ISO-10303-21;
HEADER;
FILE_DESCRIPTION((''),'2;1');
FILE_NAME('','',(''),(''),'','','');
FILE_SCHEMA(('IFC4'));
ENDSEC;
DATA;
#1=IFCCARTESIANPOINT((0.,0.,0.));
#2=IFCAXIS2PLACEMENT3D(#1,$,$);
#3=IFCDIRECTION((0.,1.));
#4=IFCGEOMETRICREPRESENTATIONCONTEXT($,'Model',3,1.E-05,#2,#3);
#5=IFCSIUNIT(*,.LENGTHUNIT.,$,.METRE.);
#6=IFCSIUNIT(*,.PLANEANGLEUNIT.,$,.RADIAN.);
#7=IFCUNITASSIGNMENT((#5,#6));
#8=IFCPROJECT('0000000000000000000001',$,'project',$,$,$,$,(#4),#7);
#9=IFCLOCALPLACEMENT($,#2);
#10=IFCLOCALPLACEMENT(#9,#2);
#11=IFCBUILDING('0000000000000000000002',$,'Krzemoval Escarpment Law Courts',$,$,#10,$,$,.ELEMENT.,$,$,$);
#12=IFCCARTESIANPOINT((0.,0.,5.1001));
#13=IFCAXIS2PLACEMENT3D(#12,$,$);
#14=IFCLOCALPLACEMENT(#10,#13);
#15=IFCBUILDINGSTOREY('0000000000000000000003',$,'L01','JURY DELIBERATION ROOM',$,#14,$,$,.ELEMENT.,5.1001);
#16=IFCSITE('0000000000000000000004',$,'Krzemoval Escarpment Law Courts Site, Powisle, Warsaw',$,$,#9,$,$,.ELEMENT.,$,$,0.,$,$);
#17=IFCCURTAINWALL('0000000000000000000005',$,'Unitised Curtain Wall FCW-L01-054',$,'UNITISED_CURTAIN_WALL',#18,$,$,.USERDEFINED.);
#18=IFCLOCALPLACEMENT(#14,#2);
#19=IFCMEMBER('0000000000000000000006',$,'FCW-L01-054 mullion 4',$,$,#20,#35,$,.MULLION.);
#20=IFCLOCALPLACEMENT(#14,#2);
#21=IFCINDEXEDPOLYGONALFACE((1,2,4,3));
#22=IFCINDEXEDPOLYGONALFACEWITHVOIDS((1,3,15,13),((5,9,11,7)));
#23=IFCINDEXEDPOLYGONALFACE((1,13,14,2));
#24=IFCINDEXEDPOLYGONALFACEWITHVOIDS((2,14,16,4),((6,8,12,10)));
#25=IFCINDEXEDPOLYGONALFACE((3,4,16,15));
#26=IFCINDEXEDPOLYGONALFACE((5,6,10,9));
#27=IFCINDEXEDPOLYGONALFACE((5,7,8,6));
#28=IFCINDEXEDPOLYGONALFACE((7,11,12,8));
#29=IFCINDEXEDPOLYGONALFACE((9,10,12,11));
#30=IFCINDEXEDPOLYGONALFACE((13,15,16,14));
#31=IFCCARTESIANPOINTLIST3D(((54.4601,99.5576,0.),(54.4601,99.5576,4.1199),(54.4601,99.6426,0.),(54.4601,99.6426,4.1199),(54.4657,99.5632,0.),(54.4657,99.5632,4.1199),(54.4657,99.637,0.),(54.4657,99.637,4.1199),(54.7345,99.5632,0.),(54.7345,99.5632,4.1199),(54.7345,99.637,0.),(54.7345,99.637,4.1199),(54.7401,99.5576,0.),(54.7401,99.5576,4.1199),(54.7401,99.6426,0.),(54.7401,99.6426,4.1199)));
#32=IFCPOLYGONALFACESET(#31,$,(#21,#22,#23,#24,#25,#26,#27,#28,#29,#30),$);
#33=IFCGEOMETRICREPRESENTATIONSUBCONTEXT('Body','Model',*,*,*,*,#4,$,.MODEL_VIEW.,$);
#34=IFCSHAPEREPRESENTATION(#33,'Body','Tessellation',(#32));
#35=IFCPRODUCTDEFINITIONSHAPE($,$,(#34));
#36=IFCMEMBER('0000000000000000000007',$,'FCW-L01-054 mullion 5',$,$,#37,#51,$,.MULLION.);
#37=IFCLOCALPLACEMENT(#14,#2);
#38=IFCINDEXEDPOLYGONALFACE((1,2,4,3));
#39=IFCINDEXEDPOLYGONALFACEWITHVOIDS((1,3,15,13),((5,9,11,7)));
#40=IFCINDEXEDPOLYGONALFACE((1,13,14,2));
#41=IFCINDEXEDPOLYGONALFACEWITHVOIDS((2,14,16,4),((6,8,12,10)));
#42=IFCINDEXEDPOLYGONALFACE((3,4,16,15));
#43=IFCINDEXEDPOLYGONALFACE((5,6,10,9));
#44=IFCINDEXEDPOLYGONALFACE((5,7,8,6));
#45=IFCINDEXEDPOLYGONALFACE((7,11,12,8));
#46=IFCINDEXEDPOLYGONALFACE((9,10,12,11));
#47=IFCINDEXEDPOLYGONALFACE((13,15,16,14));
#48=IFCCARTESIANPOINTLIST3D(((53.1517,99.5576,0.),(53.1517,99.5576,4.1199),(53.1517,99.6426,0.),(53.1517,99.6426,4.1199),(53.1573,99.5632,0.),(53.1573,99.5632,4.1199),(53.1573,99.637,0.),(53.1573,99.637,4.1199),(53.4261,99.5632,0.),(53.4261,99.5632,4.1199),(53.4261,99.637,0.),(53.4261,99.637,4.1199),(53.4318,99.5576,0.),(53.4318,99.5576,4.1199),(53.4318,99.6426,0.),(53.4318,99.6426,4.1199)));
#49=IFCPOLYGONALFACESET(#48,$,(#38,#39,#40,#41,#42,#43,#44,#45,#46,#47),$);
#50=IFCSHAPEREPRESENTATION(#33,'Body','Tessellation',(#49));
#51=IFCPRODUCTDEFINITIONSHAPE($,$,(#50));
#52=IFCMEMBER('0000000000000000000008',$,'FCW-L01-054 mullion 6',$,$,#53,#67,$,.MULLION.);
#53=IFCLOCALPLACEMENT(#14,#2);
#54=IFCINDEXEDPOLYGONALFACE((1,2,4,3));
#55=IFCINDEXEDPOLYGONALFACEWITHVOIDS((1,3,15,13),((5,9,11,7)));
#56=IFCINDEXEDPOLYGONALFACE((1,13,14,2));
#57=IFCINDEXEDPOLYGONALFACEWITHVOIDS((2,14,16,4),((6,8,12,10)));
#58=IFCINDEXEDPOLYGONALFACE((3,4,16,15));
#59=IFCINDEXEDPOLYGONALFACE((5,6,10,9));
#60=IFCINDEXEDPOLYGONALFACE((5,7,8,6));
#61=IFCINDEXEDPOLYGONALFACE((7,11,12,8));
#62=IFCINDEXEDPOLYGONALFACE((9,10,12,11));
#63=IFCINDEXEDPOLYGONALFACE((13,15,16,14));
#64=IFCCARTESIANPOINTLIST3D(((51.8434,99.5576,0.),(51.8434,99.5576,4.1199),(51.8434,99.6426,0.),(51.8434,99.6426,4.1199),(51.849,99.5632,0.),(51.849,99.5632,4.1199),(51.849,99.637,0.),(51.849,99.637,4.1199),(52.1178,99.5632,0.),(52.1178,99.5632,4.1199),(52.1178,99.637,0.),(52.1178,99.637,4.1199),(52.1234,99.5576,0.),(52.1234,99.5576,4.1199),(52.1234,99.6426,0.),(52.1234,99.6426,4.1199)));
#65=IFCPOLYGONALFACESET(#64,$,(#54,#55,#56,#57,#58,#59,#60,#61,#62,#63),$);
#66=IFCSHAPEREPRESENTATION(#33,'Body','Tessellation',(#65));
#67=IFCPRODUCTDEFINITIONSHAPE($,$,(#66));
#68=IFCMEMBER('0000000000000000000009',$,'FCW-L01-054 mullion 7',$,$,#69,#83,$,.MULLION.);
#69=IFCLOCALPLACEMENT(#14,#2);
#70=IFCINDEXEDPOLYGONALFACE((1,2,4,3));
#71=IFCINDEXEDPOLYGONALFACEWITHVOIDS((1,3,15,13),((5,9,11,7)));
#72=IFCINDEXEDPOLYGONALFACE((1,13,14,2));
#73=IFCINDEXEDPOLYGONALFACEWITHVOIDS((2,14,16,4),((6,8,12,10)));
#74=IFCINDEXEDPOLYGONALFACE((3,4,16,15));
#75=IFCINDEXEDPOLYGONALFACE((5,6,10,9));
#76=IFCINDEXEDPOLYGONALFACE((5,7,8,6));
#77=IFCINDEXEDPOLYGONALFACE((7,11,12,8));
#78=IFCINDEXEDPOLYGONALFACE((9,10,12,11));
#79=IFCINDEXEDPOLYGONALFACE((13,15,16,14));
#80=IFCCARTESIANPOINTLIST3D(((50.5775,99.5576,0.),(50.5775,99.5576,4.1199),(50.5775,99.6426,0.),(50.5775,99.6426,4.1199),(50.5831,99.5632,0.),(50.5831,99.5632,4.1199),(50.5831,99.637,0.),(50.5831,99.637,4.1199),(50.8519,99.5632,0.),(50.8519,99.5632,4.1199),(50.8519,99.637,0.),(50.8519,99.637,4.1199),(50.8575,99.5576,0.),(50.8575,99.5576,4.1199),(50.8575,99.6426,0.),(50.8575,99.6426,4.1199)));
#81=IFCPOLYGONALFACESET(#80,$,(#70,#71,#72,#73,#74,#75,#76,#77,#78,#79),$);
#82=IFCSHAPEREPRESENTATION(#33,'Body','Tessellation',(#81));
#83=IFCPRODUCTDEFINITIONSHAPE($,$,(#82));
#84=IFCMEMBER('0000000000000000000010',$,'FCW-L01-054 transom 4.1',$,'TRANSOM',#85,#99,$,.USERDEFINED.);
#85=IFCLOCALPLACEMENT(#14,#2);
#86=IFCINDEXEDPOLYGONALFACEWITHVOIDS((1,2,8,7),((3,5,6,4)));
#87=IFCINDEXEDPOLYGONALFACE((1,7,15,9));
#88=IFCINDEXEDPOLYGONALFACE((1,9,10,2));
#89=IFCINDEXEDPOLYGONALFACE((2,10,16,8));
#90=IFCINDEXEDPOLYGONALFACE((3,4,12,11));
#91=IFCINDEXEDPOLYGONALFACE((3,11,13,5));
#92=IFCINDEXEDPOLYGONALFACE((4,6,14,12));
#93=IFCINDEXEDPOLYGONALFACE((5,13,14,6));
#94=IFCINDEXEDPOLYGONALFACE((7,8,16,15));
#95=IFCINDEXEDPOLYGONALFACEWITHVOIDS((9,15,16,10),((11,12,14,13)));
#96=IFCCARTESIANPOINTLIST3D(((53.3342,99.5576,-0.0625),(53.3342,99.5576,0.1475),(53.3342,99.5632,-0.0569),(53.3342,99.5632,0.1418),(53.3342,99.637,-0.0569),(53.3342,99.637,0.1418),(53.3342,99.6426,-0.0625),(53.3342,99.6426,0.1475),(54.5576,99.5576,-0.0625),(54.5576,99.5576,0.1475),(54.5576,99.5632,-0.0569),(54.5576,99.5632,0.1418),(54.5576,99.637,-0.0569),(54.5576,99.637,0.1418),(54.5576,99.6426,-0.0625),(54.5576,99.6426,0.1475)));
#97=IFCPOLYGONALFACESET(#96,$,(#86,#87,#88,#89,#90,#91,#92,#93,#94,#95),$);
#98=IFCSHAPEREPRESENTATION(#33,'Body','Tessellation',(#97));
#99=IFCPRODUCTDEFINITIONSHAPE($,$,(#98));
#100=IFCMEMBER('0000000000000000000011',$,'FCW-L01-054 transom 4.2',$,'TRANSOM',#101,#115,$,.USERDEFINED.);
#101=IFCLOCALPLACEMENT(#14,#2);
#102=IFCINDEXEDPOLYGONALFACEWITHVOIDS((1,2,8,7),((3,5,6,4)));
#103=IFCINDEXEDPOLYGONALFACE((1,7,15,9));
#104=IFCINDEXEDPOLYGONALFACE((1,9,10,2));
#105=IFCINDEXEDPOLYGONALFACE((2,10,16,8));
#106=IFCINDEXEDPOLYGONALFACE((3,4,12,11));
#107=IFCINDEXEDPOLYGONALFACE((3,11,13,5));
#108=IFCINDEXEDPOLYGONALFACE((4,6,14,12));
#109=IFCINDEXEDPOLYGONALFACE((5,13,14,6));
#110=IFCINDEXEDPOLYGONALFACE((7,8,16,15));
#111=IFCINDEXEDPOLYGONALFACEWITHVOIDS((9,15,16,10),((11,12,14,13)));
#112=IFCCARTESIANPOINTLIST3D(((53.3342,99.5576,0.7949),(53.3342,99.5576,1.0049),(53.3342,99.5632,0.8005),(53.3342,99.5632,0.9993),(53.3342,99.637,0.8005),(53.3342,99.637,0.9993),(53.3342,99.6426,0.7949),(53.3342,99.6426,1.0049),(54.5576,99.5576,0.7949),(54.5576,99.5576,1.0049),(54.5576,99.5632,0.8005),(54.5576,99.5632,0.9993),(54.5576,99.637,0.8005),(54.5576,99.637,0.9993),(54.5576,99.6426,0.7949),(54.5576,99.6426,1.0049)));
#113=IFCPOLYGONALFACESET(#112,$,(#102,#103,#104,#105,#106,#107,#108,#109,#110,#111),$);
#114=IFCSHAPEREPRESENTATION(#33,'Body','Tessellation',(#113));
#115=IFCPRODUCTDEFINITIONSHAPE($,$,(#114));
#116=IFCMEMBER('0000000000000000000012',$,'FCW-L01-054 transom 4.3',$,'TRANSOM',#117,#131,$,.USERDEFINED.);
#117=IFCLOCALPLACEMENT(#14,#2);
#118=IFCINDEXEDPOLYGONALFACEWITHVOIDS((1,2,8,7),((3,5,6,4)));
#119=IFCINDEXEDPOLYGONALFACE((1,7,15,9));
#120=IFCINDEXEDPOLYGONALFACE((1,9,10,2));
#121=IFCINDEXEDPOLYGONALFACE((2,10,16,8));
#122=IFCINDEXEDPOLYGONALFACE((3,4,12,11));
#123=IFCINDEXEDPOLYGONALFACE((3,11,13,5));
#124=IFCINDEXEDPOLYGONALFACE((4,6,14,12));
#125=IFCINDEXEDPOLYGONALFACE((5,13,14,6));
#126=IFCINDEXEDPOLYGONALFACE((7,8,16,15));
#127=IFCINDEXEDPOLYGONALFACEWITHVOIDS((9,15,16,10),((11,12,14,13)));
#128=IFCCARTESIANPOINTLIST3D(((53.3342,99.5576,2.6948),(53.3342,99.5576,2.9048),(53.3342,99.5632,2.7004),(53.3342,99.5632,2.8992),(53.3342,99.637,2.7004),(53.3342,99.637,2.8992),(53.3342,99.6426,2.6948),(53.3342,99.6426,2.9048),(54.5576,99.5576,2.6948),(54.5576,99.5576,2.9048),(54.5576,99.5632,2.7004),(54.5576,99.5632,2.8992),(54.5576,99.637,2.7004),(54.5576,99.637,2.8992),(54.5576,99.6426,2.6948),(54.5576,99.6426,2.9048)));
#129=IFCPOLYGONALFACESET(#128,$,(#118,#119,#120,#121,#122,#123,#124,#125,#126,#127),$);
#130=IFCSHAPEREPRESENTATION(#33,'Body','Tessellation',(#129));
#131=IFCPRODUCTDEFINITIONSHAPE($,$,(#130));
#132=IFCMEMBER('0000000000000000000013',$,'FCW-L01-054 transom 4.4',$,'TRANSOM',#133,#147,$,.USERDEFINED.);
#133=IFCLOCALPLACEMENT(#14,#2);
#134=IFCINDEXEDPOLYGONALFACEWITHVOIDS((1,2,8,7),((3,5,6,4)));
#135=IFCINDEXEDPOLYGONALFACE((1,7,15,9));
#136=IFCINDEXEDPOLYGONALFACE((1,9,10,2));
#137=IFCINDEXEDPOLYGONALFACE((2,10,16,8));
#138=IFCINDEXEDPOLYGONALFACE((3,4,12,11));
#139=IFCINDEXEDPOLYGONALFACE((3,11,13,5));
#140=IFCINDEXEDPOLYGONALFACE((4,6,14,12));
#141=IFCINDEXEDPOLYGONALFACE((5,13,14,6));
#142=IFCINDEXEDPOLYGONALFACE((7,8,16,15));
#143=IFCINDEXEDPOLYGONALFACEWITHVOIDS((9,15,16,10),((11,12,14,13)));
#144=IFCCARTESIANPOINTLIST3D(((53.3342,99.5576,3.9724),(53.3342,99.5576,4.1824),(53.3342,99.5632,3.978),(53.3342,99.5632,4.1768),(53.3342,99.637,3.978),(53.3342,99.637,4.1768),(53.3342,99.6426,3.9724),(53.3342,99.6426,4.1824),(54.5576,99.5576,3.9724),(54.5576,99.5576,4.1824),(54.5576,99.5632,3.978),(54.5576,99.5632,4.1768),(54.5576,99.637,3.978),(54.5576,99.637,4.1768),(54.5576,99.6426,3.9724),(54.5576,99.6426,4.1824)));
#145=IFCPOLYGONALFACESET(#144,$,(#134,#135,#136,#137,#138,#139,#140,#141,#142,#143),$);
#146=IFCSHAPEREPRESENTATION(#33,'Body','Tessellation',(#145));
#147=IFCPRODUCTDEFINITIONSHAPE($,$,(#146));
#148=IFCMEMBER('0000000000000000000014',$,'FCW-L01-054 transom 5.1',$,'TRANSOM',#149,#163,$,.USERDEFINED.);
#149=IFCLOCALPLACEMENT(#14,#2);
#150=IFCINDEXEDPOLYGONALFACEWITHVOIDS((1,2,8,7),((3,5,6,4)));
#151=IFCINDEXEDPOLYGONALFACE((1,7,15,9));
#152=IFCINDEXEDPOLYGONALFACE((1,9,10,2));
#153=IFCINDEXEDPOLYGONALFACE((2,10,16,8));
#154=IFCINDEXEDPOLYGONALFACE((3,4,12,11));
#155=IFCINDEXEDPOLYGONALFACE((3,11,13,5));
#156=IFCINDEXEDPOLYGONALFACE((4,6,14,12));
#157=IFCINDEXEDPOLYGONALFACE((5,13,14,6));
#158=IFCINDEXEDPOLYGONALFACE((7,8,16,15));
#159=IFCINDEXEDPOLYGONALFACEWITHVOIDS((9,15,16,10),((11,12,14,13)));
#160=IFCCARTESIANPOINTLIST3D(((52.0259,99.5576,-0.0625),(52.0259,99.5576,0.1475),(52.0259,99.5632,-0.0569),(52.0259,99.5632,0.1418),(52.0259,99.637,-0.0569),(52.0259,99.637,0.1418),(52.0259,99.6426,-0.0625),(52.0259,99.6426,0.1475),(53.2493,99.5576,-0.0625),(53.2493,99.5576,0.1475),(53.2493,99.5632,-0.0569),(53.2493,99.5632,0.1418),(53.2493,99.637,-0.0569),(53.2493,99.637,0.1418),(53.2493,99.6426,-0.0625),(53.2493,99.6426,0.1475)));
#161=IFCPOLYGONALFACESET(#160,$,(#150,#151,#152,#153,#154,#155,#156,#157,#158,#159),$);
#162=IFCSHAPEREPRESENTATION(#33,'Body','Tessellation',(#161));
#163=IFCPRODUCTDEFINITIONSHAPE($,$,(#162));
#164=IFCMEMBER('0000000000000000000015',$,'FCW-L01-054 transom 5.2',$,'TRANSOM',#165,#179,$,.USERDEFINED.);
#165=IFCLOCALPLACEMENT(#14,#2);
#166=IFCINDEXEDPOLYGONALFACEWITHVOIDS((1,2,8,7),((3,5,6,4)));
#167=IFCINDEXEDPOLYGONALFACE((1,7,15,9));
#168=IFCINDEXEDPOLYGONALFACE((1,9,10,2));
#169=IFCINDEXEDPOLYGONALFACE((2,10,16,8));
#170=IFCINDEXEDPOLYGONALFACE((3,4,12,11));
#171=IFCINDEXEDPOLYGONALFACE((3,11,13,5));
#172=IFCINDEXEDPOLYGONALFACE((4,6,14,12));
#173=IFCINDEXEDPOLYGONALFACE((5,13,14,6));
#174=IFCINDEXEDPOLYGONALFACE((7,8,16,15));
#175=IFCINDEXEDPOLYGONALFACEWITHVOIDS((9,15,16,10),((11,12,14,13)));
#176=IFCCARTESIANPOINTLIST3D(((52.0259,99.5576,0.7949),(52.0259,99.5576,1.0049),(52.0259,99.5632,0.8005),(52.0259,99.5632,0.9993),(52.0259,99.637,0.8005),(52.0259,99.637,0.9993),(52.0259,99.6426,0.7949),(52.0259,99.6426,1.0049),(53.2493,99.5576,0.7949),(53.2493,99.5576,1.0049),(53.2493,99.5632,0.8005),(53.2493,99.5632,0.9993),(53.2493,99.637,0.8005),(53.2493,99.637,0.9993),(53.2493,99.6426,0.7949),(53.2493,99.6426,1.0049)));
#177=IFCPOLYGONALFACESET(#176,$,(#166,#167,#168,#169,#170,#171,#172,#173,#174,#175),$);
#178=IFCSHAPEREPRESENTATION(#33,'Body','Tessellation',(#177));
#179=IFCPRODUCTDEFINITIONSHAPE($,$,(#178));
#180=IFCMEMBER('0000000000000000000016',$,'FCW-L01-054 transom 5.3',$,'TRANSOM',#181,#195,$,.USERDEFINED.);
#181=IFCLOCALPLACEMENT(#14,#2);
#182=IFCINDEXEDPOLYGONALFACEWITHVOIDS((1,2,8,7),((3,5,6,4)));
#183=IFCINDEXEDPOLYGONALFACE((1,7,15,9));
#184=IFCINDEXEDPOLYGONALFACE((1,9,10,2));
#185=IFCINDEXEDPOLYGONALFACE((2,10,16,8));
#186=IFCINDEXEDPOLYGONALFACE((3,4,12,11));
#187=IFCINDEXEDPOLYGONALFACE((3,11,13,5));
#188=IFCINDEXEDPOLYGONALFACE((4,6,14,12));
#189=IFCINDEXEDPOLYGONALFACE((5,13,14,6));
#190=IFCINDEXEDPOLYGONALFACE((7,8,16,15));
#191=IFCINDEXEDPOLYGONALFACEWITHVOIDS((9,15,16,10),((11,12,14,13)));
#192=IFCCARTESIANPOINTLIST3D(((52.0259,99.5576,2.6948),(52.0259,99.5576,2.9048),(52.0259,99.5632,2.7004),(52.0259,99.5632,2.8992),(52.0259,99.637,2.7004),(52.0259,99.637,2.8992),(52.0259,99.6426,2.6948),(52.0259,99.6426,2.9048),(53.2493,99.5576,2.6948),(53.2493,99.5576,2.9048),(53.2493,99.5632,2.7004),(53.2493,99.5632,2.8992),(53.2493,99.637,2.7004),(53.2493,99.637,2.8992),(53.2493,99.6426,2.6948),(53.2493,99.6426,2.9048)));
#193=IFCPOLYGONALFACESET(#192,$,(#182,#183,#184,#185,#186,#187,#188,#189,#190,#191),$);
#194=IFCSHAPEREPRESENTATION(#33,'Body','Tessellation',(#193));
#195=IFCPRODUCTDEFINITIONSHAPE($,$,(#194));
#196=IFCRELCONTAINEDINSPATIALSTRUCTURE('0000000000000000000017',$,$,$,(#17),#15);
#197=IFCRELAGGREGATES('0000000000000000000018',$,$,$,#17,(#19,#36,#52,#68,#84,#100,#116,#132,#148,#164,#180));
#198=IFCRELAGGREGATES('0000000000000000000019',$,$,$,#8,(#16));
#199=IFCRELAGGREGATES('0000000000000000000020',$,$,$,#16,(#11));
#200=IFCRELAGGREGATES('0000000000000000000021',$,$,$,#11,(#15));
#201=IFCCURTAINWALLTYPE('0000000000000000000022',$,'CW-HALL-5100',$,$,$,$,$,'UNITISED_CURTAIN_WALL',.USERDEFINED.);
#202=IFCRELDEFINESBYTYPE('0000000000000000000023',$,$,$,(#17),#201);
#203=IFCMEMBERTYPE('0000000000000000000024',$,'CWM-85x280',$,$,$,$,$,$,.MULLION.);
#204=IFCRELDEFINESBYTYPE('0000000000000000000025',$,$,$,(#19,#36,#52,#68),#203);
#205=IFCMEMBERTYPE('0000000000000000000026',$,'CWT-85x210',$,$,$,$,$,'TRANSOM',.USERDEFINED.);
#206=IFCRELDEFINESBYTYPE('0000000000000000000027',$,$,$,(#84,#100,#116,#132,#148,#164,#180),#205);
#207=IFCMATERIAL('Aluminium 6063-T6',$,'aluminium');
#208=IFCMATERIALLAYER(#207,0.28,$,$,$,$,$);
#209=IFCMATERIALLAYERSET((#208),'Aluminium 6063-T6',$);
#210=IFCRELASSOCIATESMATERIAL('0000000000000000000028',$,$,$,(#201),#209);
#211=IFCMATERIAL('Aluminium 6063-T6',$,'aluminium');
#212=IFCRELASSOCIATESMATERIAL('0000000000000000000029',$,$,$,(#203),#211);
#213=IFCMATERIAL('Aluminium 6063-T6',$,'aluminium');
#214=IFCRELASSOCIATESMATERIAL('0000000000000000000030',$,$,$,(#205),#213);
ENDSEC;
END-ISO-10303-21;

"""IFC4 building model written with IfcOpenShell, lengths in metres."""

from ifc_helpers import new_model, si_unit, direction, frame, origin, origin_2d, place, context, subcontext, project, spatial, hollow_rectangle, extrude, material, layer, layer_set, material_profile, profile_set, type_object, element, aggregate, save


model = new_model("IFC4")

# Units and contexts
model_context = context("Model", 3, precision=1e-05, world=origin(), true_north=direction((0.0, 1.0)))
body_context = subcontext(model_context, "Body", "Model", "MODEL_VIEW")
ifc_project = project(units=[si_unit("LENGTHUNIT", "METRE"), si_unit("PLANEANGLEUNIT", "RADIAN")], contexts=[model_context])

# Site, building, storey
site_placement = place(None, origin())
site = spatial("IfcSite", under=ifc_project, at=site_placement, Name="Krzemoval Escarpment Law Courts Site, Powisle, Warsaw", CompositionType="ELEMENT", RefElevation=0.0)
building_placement = place(site_placement, origin())
building = spatial("IfcBuilding", under=site, at=building_placement, Name="Krzemoval Escarpment Law Courts", CompositionType="ELEMENT")
storey_placement = place(building_placement, frame((0.0, 0.0, 5.1001)))
storey = spatial("IfcBuildingStorey", under=building, at=storey_placement, Name="L01", Description="JURY DELIBERATION ROOM", CompositionType="ELEMENT", Elevation=5.1001)

# Curtain wall, members
ifc_material_1 = material(Name="Aluminium 6063-T6", Category="aluminium")
ifc_layer_1 = layer(ifc_material_1, 0.28)
ifc_layer_set_1 = layer_set([ifc_layer_1], Name="Aluminium 6063-T6")
curtain_wall_type = type_object("IfcCurtainWallType", Name="CW-HALL-5100", ElementType="UNITISED_CURTAIN_WALL", PredefinedType="USERDEFINED", material=ifc_layer_set_1)
curtain_wall_placement = place(storey_placement, origin())
curtain_wall = element("IfcCurtainWall", 1, at=curtain_wall_placement, inside=storey, type_object=curtain_wall_type, Name="Unitised Curtain Wall FCW-L01-054", ObjectType="UNITISED_CURTAIN_WALL", PredefinedType="USERDEFINED")
ifc_material_2 = material(Name="Aluminium 6063-T6", Category="aluminium")
ifc_material_profile_1 = material_profile(ifc_material_2, hollow_rectangle(XDim=0.085, YDim=0.28, WallThickness=0.0056, at=origin_2d()), Name="ALU M85x280")
ifc_profile_set_1 = profile_set([ifc_material_profile_1], Name="Aluminium 6063-T6")
member_type_1 = type_object("IfcMemberType", Name="CWM-85x280", PredefinedType="MULLION", material=ifc_profile_set_1)
member_1_placement = place(storey_placement, frame((54.6001, 99.6001, 0.0), z_axis=(0.0, 0.0, 1.0), x_axis=(0.0, -1.0, 0.0)))
member_1 = element("IfcMember", 2, at=member_1_placement, type_object=member_type_1, Name="FCW-L01-054 mullion 4", PredefinedType="MULLION", context=body_context, shape_type="SweptSolid", body=[
    extrude(hollow_rectangle(XDim=0.085, YDim=0.28, WallThickness=0.0056, at=origin_2d()), origin(), (0.0, 0.0, 1.0), 4.1199),
])
member_2_placement = place(storey_placement, frame((53.2917, 99.6001, 0.0), z_axis=(0.0, 0.0, 1.0), x_axis=(0.0, -1.0, 0.0)))
member_2 = element("IfcMember", 3, at=member_2_placement, type_object=member_type_1, Name="FCW-L01-054 mullion 5", PredefinedType="MULLION", context=body_context, shape_type="SweptSolid", body=[
    extrude(hollow_rectangle(XDim=0.085, YDim=0.28, WallThickness=0.0056, at=origin_2d()), origin(), (0.0, 0.0, 1.0), 4.1199),
])
member_3_placement = place(storey_placement, frame((51.9834, 99.6001, 0.0), z_axis=(0.0, 0.0, 1.0), x_axis=(0.0, -1.0, 0.0)))
member_3 = element("IfcMember", 4, at=member_3_placement, type_object=member_type_1, Name="FCW-L01-054 mullion 6", PredefinedType="MULLION", context=body_context, shape_type="SweptSolid", body=[
    extrude(hollow_rectangle(XDim=0.085, YDim=0.28, WallThickness=0.0056, at=origin_2d()), origin(), (0.0, 0.0, 1.0), 4.1199),
])
member_4_placement = place(storey_placement, frame((50.7175, 99.6001, 0.0), z_axis=(0.0, 0.0, 1.0), x_axis=(0.0, -1.0, 0.0)))
member_4 = element("IfcMember", 5, at=member_4_placement, type_object=member_type_1, Name="FCW-L01-054 mullion 7", PredefinedType="MULLION", context=body_context, shape_type="SweptSolid", body=[
    extrude(hollow_rectangle(XDim=0.085, YDim=0.28, WallThickness=0.0056, at=origin_2d()), origin(), (0.0, 0.0, 1.0), 4.1199),
])
ifc_material_3 = material(Name="Aluminium 6063-T6", Category="aluminium")
ifc_material_profile_2 = material_profile(ifc_material_3, hollow_rectangle(XDim=0.085, YDim=0.21, WallThickness=0.0056, at=origin_2d()), Name="ALU T85x210")
ifc_profile_set_2 = profile_set([ifc_material_profile_2], Name="Aluminium 6063-T6")
member_type_2 = type_object("IfcMemberType", Name="CWT-85x210", ElementType="TRANSOM", PredefinedType="USERDEFINED", material=ifc_profile_set_2)
member_5_placement = place(storey_placement, frame((54.5576, 99.6001, 0.0425), z_axis=(-1.0, 0.0, 0.0), x_axis=(0.0, -1.0, 0.0)))
member_5 = element("IfcMember", 6, at=member_5_placement, type_object=member_type_2, Name="FCW-L01-054 transom 4.1", ObjectType="TRANSOM", PredefinedType="USERDEFINED", context=body_context, shape_type="SweptSolid", body=[
    extrude(hollow_rectangle(XDim=0.085, YDim=0.21, WallThickness=0.0056, at=origin_2d()), origin(), (0.0, 0.0, 1.0), 1.2234),
])
member_6_placement = place(storey_placement, frame((54.5576, 99.6001, 0.8999), z_axis=(-1.0, 0.0, 0.0), x_axis=(0.0, -1.0, 0.0)))
member_6 = element("IfcMember", 7, at=member_6_placement, type_object=member_type_2, Name="FCW-L01-054 transom 4.2", ObjectType="TRANSOM", PredefinedType="USERDEFINED", context=body_context, shape_type="SweptSolid", body=[
    extrude(hollow_rectangle(XDim=0.085, YDim=0.21, WallThickness=0.0056, at=origin_2d()), origin(), (0.0, 0.0, 1.0), 1.2234),
])
member_7_placement = place(storey_placement, frame((54.5576, 99.6001, 2.7998), z_axis=(-1.0, 0.0, 0.0), x_axis=(0.0, -1.0, 0.0)))
member_7 = element("IfcMember", 8, at=member_7_placement, type_object=member_type_2, Name="FCW-L01-054 transom 4.3", ObjectType="TRANSOM", PredefinedType="USERDEFINED", context=body_context, shape_type="SweptSolid", body=[
    extrude(hollow_rectangle(XDim=0.085, YDim=0.21, WallThickness=0.0056, at=origin_2d()), origin(), (0.0, 0.0, 1.0), 1.2234),
])
member_8_placement = place(storey_placement, frame((54.5576, 99.6001, 4.0774), z_axis=(-1.0, 0.0, 0.0), x_axis=(0.0, -1.0, 0.0)))
member_8 = element("IfcMember", 9, at=member_8_placement, type_object=member_type_2, Name="FCW-L01-054 transom 4.4", ObjectType="TRANSOM", PredefinedType="USERDEFINED", context=body_context, shape_type="SweptSolid", body=[
    extrude(hollow_rectangle(XDim=0.085, YDim=0.21, WallThickness=0.0056, at=origin_2d()), origin(), (0.0, 0.0, 1.0), 1.2234),
])
member_9_placement = place(storey_placement, frame((53.2493, 99.6001, 0.0425), z_axis=(-1.0, 0.0, 0.0), x_axis=(0.0, -1.0, 0.0)))
member_9 = element("IfcMember", 10, at=member_9_placement, type_object=member_type_2, Name="FCW-L01-054 transom 5.1", ObjectType="TRANSOM", PredefinedType="USERDEFINED", context=body_context, shape_type="SweptSolid", body=[
    extrude(hollow_rectangle(XDim=0.085, YDim=0.21, WallThickness=0.0056, at=origin_2d()), origin(), (0.0, 0.0, 1.0), 1.2234),
])
member_10_placement = place(storey_placement, frame((53.2493, 99.6001, 0.8999), z_axis=(-1.0, 0.0, 0.0), x_axis=(0.0, -1.0, 0.0)))
member_10 = element("IfcMember", 11, at=member_10_placement, type_object=member_type_2, Name="FCW-L01-054 transom 5.2", ObjectType="TRANSOM", PredefinedType="USERDEFINED", context=body_context, shape_type="SweptSolid", body=[
    extrude(hollow_rectangle(XDim=0.085, YDim=0.21, WallThickness=0.0056, at=origin_2d()), origin(), (0.0, 0.0, 1.0), 1.2234),
])
member_11_placement = place(storey_placement, frame((53.2493, 99.6001, 2.7998), z_axis=(-1.0, 0.0, 0.0), x_axis=(0.0, -1.0, 0.0)))
member_11 = element("IfcMember", 12, at=member_11_placement, type_object=member_type_2, Name="FCW-L01-054 transom 5.3", ObjectType="TRANSOM", PredefinedType="USERDEFINED", context=body_context, shape_type="SweptSolid", body=[
    extrude(hollow_rectangle(XDim=0.085, YDim=0.21, WallThickness=0.0056, at=origin_2d()), origin(), (0.0, 0.0, 1.0), 1.2234),
])
aggregate(curtain_wall, [member_1, member_2, member_3, member_4, member_5, member_6, member_7, member_8, member_9, member_10, member_11])

save(model, "model.ifc")
